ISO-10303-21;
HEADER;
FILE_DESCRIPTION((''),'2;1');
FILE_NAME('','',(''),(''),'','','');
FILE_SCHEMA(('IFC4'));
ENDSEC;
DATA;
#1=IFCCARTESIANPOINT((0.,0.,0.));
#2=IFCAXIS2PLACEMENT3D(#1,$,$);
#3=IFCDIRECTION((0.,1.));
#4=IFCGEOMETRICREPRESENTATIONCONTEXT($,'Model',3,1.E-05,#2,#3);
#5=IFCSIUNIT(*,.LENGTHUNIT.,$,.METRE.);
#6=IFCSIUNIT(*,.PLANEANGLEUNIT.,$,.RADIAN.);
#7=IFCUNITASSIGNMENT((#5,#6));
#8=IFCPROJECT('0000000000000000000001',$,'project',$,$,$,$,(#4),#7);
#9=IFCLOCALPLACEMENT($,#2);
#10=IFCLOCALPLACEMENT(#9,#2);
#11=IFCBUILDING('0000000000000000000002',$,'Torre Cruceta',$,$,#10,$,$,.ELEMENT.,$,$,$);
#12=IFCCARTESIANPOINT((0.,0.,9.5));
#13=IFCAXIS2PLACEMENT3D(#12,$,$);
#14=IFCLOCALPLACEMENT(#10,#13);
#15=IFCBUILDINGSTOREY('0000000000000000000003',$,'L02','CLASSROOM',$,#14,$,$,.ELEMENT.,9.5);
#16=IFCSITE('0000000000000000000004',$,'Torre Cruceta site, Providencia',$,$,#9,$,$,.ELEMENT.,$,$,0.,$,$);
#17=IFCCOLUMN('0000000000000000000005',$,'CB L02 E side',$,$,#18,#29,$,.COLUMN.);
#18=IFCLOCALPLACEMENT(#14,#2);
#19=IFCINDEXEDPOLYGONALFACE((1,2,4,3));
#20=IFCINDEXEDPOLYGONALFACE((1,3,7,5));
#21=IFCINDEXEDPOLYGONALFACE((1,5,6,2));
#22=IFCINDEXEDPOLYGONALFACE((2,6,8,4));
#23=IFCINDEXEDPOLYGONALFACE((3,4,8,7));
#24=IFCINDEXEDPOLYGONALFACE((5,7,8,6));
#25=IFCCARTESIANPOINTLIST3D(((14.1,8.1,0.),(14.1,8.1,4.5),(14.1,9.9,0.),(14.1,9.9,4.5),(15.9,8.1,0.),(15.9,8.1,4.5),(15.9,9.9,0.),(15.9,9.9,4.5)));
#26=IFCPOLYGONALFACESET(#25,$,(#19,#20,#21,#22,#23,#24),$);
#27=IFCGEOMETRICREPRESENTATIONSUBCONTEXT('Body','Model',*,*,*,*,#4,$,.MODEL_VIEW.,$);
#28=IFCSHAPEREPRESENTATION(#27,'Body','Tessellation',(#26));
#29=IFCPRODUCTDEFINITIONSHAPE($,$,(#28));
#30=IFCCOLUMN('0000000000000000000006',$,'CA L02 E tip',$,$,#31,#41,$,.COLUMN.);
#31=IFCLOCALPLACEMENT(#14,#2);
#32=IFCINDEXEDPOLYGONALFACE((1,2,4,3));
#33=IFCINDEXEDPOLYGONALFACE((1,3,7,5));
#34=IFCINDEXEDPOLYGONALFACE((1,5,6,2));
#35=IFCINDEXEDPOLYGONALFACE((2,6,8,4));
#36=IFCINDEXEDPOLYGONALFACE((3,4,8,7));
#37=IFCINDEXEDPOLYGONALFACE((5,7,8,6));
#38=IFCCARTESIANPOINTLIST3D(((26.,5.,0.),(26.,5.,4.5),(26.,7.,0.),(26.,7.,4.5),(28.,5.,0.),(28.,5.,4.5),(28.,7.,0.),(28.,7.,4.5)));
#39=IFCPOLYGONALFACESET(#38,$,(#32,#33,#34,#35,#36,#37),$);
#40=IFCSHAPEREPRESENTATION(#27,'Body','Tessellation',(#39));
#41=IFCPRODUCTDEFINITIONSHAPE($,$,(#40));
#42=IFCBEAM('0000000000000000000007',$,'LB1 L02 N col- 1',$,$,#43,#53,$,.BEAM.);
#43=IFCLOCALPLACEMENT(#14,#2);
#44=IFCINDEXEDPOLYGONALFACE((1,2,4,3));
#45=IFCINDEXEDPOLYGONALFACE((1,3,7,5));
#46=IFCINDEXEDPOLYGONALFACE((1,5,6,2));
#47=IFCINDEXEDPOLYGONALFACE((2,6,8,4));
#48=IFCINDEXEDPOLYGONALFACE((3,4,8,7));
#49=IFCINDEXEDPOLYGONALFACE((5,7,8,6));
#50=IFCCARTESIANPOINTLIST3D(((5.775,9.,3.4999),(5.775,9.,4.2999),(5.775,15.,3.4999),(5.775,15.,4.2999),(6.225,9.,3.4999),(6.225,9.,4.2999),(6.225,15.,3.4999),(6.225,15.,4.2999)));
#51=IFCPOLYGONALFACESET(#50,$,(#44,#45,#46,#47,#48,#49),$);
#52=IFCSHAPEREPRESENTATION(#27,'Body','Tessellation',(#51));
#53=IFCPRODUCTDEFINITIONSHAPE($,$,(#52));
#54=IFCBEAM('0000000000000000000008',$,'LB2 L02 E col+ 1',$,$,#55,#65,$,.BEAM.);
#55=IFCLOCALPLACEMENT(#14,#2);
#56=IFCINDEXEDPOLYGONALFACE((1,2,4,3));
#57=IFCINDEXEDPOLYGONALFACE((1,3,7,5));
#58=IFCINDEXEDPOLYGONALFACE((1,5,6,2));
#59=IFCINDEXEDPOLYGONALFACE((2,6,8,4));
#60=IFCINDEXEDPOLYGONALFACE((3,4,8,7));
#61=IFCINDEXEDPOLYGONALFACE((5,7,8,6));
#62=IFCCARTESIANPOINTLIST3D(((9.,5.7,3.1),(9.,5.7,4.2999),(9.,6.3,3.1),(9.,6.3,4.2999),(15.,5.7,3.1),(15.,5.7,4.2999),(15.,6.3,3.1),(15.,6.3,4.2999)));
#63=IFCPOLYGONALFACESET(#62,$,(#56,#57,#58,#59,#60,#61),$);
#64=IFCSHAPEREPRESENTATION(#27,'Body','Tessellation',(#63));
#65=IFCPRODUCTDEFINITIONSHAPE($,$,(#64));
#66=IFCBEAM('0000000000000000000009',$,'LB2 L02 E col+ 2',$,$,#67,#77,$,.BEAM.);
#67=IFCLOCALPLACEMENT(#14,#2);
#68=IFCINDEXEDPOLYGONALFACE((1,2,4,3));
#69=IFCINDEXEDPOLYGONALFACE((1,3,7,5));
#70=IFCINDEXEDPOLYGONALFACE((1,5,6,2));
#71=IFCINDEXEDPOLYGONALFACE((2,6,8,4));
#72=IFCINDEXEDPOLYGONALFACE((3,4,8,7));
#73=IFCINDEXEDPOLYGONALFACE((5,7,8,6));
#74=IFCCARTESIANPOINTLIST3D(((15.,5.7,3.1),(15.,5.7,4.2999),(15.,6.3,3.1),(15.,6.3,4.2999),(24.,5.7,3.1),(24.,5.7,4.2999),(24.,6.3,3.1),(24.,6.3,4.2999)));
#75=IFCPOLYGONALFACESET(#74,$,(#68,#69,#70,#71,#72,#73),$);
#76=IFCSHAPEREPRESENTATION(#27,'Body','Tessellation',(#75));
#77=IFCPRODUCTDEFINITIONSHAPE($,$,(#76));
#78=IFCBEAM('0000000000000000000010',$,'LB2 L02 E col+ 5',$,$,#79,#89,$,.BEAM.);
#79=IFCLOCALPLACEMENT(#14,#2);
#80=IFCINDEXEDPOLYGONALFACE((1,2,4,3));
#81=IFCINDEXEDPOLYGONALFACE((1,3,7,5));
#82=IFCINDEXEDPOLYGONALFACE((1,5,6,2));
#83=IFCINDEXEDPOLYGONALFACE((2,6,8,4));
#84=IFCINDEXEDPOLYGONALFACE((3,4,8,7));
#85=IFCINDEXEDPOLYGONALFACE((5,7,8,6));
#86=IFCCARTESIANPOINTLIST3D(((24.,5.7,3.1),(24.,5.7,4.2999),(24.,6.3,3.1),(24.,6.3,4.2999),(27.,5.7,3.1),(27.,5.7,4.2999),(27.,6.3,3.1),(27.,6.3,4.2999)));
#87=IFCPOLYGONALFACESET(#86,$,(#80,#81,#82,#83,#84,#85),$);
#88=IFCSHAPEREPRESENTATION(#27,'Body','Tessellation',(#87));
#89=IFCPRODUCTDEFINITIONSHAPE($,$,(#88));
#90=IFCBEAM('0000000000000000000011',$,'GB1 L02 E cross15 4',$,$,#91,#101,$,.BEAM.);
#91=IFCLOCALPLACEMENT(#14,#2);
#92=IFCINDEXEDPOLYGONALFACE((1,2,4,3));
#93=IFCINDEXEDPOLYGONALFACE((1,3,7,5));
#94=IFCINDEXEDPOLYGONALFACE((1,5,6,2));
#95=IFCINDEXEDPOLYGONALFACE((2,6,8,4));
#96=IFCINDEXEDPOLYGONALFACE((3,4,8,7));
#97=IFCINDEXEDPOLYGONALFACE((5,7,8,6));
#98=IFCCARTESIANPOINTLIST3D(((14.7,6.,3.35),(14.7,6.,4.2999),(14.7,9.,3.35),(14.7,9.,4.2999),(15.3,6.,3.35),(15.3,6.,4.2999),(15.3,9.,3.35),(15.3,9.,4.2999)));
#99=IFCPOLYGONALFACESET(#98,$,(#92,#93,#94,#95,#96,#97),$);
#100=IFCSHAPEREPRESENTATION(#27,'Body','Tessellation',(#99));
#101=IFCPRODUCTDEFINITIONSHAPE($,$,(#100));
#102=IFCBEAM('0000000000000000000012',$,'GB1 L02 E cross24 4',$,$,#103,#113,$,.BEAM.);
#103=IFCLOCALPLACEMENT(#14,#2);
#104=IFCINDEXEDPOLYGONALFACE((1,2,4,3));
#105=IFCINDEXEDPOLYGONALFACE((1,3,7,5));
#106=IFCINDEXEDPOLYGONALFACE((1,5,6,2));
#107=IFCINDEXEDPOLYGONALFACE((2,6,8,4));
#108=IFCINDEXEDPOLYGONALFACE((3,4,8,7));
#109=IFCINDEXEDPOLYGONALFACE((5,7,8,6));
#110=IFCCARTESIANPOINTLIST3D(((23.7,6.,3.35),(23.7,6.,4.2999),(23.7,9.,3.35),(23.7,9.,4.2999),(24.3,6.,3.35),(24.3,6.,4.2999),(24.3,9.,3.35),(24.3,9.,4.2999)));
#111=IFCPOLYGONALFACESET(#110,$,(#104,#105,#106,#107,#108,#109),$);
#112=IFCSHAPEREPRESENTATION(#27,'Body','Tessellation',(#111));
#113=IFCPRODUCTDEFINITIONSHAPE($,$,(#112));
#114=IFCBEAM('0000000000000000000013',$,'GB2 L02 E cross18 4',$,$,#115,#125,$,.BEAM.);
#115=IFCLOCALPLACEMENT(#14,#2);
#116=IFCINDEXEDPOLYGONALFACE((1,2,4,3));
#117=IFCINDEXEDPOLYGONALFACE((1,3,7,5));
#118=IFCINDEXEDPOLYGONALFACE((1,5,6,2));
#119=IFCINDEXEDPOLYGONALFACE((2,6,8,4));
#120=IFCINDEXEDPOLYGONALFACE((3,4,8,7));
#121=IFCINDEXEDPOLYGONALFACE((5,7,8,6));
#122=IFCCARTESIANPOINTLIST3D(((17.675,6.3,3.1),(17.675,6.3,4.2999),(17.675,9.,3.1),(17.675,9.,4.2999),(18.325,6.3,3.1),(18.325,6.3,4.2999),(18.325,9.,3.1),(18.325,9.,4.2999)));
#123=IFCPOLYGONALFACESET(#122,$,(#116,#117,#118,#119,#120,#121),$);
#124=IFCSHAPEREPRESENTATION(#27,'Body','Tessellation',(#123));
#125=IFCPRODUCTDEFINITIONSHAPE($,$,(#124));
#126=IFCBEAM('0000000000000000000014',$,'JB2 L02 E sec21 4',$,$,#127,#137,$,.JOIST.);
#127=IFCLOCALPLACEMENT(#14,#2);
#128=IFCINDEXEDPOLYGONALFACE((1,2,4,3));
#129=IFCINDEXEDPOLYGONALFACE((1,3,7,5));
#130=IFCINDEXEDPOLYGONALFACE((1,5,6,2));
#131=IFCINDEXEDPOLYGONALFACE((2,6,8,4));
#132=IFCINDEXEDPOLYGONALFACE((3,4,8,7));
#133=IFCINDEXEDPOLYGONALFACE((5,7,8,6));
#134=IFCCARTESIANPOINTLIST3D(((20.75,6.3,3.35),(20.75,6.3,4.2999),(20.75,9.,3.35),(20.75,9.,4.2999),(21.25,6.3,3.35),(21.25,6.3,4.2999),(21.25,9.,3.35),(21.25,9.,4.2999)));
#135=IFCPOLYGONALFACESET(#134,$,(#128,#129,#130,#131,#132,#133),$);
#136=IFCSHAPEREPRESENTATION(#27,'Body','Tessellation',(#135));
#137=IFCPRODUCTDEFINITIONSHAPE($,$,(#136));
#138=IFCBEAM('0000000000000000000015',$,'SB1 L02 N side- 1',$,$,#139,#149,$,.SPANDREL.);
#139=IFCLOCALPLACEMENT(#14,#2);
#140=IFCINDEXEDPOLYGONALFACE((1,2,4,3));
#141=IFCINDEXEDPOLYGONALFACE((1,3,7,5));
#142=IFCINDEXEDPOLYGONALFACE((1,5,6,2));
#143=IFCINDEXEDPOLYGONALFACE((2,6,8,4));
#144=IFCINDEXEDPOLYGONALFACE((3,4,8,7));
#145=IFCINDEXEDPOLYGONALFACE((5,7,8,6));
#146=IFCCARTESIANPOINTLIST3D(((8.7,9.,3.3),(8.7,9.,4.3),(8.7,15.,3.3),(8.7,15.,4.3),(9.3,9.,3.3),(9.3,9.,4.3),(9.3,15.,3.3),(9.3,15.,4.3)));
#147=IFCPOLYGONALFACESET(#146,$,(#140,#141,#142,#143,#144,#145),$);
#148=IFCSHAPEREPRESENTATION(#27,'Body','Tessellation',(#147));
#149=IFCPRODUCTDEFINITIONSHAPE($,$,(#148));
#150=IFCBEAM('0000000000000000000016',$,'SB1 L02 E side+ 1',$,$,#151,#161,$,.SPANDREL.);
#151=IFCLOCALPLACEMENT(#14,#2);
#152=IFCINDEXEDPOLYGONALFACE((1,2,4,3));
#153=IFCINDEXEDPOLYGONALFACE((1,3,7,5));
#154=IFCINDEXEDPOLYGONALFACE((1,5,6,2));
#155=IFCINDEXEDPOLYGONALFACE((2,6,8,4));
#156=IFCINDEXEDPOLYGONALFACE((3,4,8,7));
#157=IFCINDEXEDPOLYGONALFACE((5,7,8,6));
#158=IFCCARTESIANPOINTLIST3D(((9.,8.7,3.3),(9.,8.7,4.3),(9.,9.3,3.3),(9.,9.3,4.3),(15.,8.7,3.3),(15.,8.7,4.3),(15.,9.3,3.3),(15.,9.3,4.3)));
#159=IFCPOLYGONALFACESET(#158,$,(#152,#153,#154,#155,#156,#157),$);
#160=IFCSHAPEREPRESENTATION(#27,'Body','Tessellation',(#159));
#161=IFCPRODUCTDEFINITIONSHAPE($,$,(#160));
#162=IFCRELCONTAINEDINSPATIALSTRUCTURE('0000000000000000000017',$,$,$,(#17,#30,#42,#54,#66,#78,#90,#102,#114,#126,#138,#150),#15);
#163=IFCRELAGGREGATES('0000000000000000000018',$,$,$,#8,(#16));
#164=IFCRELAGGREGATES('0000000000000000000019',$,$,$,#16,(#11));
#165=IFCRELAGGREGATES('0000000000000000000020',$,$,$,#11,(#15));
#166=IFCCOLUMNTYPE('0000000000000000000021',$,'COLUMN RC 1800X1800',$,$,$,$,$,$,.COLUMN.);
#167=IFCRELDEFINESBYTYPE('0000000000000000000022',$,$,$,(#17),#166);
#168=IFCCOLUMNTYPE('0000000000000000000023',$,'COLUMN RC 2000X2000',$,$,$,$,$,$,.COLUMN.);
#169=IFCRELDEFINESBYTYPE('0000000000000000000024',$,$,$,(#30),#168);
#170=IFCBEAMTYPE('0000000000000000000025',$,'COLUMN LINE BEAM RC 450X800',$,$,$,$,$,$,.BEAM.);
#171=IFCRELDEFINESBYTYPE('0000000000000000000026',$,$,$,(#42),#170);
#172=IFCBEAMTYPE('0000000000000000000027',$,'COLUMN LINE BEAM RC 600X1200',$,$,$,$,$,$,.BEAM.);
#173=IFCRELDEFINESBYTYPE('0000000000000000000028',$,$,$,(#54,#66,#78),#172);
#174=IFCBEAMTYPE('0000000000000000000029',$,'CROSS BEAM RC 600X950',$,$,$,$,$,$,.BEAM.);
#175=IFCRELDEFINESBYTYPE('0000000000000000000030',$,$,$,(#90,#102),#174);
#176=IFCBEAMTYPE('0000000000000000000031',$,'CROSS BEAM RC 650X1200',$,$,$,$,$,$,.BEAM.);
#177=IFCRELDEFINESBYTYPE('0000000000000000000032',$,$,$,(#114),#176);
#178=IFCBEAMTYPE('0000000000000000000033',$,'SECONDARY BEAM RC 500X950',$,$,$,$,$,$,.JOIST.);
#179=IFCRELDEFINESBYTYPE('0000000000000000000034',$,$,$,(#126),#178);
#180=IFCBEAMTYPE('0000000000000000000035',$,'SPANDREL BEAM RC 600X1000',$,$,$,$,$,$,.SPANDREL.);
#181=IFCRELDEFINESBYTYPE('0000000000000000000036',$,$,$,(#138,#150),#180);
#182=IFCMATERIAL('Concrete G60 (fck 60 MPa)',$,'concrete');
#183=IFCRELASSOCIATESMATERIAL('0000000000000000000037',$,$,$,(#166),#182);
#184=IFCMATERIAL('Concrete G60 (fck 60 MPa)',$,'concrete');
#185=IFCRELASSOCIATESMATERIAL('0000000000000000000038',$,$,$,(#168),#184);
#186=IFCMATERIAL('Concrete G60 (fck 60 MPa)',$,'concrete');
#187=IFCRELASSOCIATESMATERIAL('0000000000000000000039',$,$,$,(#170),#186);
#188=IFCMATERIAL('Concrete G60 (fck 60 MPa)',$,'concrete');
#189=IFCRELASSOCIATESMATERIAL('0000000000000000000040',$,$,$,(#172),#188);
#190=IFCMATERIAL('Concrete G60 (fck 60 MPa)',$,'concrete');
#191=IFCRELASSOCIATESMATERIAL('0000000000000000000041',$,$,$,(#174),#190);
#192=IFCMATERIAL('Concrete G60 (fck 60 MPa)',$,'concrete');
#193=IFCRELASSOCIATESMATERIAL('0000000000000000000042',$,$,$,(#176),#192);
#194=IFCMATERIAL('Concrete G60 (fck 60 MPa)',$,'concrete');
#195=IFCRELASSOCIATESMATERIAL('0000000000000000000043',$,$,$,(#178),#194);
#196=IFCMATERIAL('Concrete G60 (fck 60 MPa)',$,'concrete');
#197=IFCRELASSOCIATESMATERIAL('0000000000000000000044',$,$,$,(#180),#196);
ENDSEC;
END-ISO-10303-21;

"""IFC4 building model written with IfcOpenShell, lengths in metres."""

from ifc_helpers import new_model, si_unit, direction, frame, origin, origin_2d, place, context, subcontext, project, spatial, rectangle, extrude, material, material_profile, profile_set, type_object, element, save


model = new_model("IFC4")

# Units and contexts
model_context = context("Model", 3, precision=1e-05, world=origin(), true_north=direction((0.0, 1.0)))
body_context = subcontext(model_context, "Body", "Model", "MODEL_VIEW")
ifc_project = project(units=[si_unit("LENGTHUNIT", "METRE"), si_unit("PLANEANGLEUNIT", "RADIAN")], contexts=[model_context])

# Site, building, storey
site_placement = place(None, origin())
site = spatial("IfcSite", under=ifc_project, at=site_placement, Name="Torre Cruceta site, Providencia", CompositionType="ELEMENT", RefElevation=0.0)
building_placement = place(site_placement, origin())
building = spatial("IfcBuilding", under=site, at=building_placement, Name="Torre Cruceta", CompositionType="ELEMENT")
storey_placement = place(building_placement, frame((0.0, 0.0, 9.5)))
storey = spatial("IfcBuildingStorey", under=building, at=storey_placement, Name="L02", Description="CLASSROOM", CompositionType="ELEMENT", Elevation=9.5)

# Columns
ifc_material_1 = material(Name="Concrete G60 (fck 60 MPa)", Category="concrete")
ifc_material_profile_1 = material_profile(ifc_material_1, rectangle(XDim=1.8, YDim=1.8, at=origin_2d()), Name="RC 1800X1800")
ifc_profile_set_1 = profile_set([ifc_material_profile_1], Name="Concrete G60 (fck 60 MPa)")
column_type_1 = type_object("IfcColumnType", Name="COLUMN RC 1800X1800", PredefinedType="COLUMN", material=ifc_profile_set_1)
column_1_placement = place(storey_placement, frame((15.0, 9.0, 0.0), z_axis=(0.0, 0.0, 1.0), x_axis=(1.0, 0.0, 0.0)))
element("IfcColumn", 1, at=column_1_placement, inside=storey, type_object=column_type_1, Name="CB L02 E side", PredefinedType="COLUMN", context=body_context, shape_type="SweptSolid", body=[
    extrude(rectangle(XDim=1.8, YDim=1.8, at=origin_2d()), origin(), (0.0, 0.0, 1.0), 4.5),
])
ifc_material_2 = material(Name="Concrete G60 (fck 60 MPa)", Category="concrete")
ifc_material_profile_2 = material_profile(ifc_material_2, rectangle(XDim=2.0, YDim=2.0, at=origin_2d()), Name="RC 2000X2000")
ifc_profile_set_2 = profile_set([ifc_material_profile_2], Name="Concrete G60 (fck 60 MPa)")
column_type_2 = type_object("IfcColumnType", Name="COLUMN RC 2000X2000", PredefinedType="COLUMN", material=ifc_profile_set_2)
column_2_placement = place(storey_placement, frame((27.0, 6.0, 0.0), z_axis=(0.0, 0.0, 1.0), x_axis=(1.0, 0.0, 0.0)))
element("IfcColumn", 2, at=column_2_placement, inside=storey, type_object=column_type_2, Name="CA L02 E tip", PredefinedType="COLUMN", context=body_context, shape_type="SweptSolid", body=[
    extrude(rectangle(XDim=2.0, YDim=2.0, at=origin_2d()), origin(), (0.0, 0.0, 1.0), 4.5),
])

# Beams
ifc_material_3 = material(Name="Concrete G60 (fck 60 MPa)", Category="concrete")
ifc_material_profile_3 = material_profile(ifc_material_3, rectangle(XDim=0.45, YDim=0.8, at=origin_2d()), Name="RC 450X800")
ifc_profile_set_3 = profile_set([ifc_material_profile_3], Name="Concrete G60 (fck 60 MPa)")
beam_type_1 = type_object("IfcBeamType", Name="COLUMN LINE BEAM RC 450X800", PredefinedType="BEAM", material=ifc_profile_set_3)
beam_1_placement = place(storey_placement, frame((6.0, 9.0, 3.8999), z_axis=(0.0, 1.0, 0.0), x_axis=(-1.0, 0.0, 0.0)))
element("IfcBeam", 3, at=beam_1_placement, inside=storey, type_object=beam_type_1, Name="LB1 L02 N col- 1", PredefinedType="BEAM", context=body_context, shape_type="SweptSolid", body=[
    extrude(rectangle(XDim=0.45, YDim=0.8, at=origin_2d()), origin(), (0.0, 0.0, 1.0), 6.0),
])
ifc_material_4 = material(Name="Concrete G60 (fck 60 MPa)", Category="concrete")
ifc_material_profile_4 = material_profile(ifc_material_4, rectangle(XDim=0.6001, YDim=1.2, at=origin_2d()), Name="RC 600X1200")
ifc_profile_set_4 = profile_set([ifc_material_profile_4], Name="Concrete G60 (fck 60 MPa)")
beam_type_2 = type_object("IfcBeamType", Name="COLUMN LINE BEAM RC 600X1200", PredefinedType="BEAM", material=ifc_profile_set_4)
beam_2_placement = place(storey_placement, frame((9.0, 6.0, 3.7), z_axis=(1.0, 0.0, 0.0), x_axis=(0.0, 1.0, 0.0)))
element("IfcBeam", 4, at=beam_2_placement, inside=storey, type_object=beam_type_2, Name="LB2 L02 E col+ 1", PredefinedType="BEAM", context=body_context, shape_type="SweptSolid", body=[
    extrude(rectangle(XDim=0.6001, YDim=1.2, at=origin_2d()), origin(), (0.0, 0.0, 1.0), 6.0),
])
beam_3_placement = place(storey_placement, frame((15.0, 6.0, 3.7), z_axis=(1.0, 0.0, 0.0), x_axis=(0.0, 1.0, 0.0)))
element("IfcBeam", 5, at=beam_3_placement, inside=storey, type_object=beam_type_2, Name="LB2 L02 E col+ 2", PredefinedType="BEAM", context=body_context, shape_type="SweptSolid", body=[
    extrude(rectangle(XDim=0.6001, YDim=1.2, at=origin_2d()), origin(), (0.0, 0.0, 1.0), 9.0),
])
beam_4_placement = place(storey_placement, frame((24.0, 6.0, 3.7), z_axis=(1.0, 0.0, 0.0), x_axis=(0.0, 1.0, 0.0)))
element("IfcBeam", 6, at=beam_4_placement, inside=storey, type_object=beam_type_2, Name="LB2 L02 E col+ 5", PredefinedType="BEAM", context=body_context, shape_type="SweptSolid", body=[
    extrude(rectangle(XDim=0.6001, YDim=1.2, at=origin_2d()), origin(), (0.0, 0.0, 1.0), 3.0),
])
ifc_material_5 = material(Name="Concrete G60 (fck 60 MPa)", Category="concrete")
ifc_material_profile_5 = material_profile(ifc_material_5, rectangle(XDim=0.6001, YDim=0.95, at=origin_2d()), Name="RC 600X950")
ifc_profile_set_5 = profile_set([ifc_material_profile_5], Name="Concrete G60 (fck 60 MPa)")
beam_type_3 = type_object("IfcBeamType", Name="CROSS BEAM RC 600X950", PredefinedType="BEAM", material=ifc_profile_set_5)
for number, where, z_axis, x_axis, name in (
    (7, (15.0, 6.0, 3.825), (0.0, 1.0, 0.0), (-1.0, 0.0, 0.0), "GB1 L02 E cross15 4"),
    (8, (24.0, 6.0, 3.825), (0.0, 1.0, 0.0), (-1.0, 0.0, 0.0), "GB1 L02 E cross24 4"),
):
    element("IfcBeam", number, at=place(storey_placement, frame(where, z_axis=z_axis, x_axis=x_axis)), inside=storey, type_object=beam_type_3, Name=name, PredefinedType="BEAM", context=body_context, shape_type="SweptSolid", body=[
        extrude(rectangle(XDim=0.6001, YDim=0.95, at=origin_2d()), origin(), (0.0, 0.0, 1.0), 3.0),
    ])
ifc_material_6 = material(Name="Concrete G60 (fck 60 MPa)", Category="concrete")
ifc_material_profile_6 = material_profile(ifc_material_6, rectangle(XDim=0.6499, YDim=1.2, at=origin_2d()), Name="RC 650X1200")
ifc_profile_set_6 = profile_set([ifc_material_profile_6], Name="Concrete G60 (fck 60 MPa)")
beam_type_4 = type_object("IfcBeamType", Name="CROSS BEAM RC 650X1200", PredefinedType="BEAM", material=ifc_profile_set_6)
beam_5_placement = place(storey_placement, frame((18.0, 6.3, 3.7), z_axis=(0.0, 1.0, 0.0), x_axis=(-1.0, 0.0, 0.0)))
element("IfcBeam", 9, at=beam_5_placement, inside=storey, type_object=beam_type_4, Name="GB2 L02 E cross18 4", PredefinedType="BEAM", context=body_context, shape_type="SweptSolid", body=[
    extrude(rectangle(XDim=0.6499, YDim=1.2, at=origin_2d()), origin(), (0.0, 0.0, 1.0), 2.7),
])
ifc_material_7 = material(Name="Concrete G60 (fck 60 MPa)", Category="concrete")
ifc_material_profile_7 = material_profile(ifc_material_7, rectangle(XDim=0.5, YDim=0.95, at=origin_2d()), Name="RC 500X950")
ifc_profile_set_7 = profile_set([ifc_material_profile_7], Name="Concrete G60 (fck 60 MPa)")
beam_type_5 = type_object("IfcBeamType", Name="SECONDARY BEAM RC 500X950", PredefinedType="JOIST", material=ifc_profile_set_7)
beam_6_placement = place(storey_placement, frame((21.0, 6.3, 3.825), z_axis=(0.0, 1.0, 0.0), x_axis=(-1.0, 0.0, 0.0)))
element("IfcBeam", 10, at=beam_6_placement, inside=storey, type_object=beam_type_5, Name="JB2 L02 E sec21 4", PredefinedType="JOIST", context=body_context, shape_type="SweptSolid", body=[
    extrude(rectangle(XDim=0.5, YDim=0.95, at=origin_2d()), origin(), (0.0, 0.0, 1.0), 2.7),
])
ifc_material_8 = material(Name="Concrete G60 (fck 60 MPa)", Category="concrete")
ifc_material_profile_8 = material_profile(ifc_material_8, rectangle(XDim=0.6001, YDim=1.0, at=origin_2d()), Name="RC 600X1000")
ifc_profile_set_8 = profile_set([ifc_material_profile_8], Name="Concrete G60 (fck 60 MPa)")
beam_type_6 = type_object("IfcBeamType", Name="SPANDREL BEAM RC 600X1000", PredefinedType="SPANDREL", material=ifc_profile_set_8)
for number, where, z_axis, x_axis, name in (
    (11, (9.0, 9.0, 3.8), (0.0, 1.0, 0.0), (-1.0, 0.0, 0.0), "SB1 L02 N side- 1"),
    (12, (9.0, 9.0, 3.8), (1.0, 0.0, 0.0), (0.0, 1.0, 0.0), "SB1 L02 E side+ 1"),
):
    element("IfcBeam", number, at=place(storey_placement, frame(where, z_axis=z_axis, x_axis=x_axis)), inside=storey, type_object=beam_type_6, Name=name, PredefinedType="SPANDREL", context=body_context, shape_type="SweptSolid", body=[
        extrude(rectangle(XDim=0.6001, YDim=1.0, at=origin_2d()), origin(), (0.0, 0.0, 1.0), 6.0),
    ])

save(model, "model.ifc")
